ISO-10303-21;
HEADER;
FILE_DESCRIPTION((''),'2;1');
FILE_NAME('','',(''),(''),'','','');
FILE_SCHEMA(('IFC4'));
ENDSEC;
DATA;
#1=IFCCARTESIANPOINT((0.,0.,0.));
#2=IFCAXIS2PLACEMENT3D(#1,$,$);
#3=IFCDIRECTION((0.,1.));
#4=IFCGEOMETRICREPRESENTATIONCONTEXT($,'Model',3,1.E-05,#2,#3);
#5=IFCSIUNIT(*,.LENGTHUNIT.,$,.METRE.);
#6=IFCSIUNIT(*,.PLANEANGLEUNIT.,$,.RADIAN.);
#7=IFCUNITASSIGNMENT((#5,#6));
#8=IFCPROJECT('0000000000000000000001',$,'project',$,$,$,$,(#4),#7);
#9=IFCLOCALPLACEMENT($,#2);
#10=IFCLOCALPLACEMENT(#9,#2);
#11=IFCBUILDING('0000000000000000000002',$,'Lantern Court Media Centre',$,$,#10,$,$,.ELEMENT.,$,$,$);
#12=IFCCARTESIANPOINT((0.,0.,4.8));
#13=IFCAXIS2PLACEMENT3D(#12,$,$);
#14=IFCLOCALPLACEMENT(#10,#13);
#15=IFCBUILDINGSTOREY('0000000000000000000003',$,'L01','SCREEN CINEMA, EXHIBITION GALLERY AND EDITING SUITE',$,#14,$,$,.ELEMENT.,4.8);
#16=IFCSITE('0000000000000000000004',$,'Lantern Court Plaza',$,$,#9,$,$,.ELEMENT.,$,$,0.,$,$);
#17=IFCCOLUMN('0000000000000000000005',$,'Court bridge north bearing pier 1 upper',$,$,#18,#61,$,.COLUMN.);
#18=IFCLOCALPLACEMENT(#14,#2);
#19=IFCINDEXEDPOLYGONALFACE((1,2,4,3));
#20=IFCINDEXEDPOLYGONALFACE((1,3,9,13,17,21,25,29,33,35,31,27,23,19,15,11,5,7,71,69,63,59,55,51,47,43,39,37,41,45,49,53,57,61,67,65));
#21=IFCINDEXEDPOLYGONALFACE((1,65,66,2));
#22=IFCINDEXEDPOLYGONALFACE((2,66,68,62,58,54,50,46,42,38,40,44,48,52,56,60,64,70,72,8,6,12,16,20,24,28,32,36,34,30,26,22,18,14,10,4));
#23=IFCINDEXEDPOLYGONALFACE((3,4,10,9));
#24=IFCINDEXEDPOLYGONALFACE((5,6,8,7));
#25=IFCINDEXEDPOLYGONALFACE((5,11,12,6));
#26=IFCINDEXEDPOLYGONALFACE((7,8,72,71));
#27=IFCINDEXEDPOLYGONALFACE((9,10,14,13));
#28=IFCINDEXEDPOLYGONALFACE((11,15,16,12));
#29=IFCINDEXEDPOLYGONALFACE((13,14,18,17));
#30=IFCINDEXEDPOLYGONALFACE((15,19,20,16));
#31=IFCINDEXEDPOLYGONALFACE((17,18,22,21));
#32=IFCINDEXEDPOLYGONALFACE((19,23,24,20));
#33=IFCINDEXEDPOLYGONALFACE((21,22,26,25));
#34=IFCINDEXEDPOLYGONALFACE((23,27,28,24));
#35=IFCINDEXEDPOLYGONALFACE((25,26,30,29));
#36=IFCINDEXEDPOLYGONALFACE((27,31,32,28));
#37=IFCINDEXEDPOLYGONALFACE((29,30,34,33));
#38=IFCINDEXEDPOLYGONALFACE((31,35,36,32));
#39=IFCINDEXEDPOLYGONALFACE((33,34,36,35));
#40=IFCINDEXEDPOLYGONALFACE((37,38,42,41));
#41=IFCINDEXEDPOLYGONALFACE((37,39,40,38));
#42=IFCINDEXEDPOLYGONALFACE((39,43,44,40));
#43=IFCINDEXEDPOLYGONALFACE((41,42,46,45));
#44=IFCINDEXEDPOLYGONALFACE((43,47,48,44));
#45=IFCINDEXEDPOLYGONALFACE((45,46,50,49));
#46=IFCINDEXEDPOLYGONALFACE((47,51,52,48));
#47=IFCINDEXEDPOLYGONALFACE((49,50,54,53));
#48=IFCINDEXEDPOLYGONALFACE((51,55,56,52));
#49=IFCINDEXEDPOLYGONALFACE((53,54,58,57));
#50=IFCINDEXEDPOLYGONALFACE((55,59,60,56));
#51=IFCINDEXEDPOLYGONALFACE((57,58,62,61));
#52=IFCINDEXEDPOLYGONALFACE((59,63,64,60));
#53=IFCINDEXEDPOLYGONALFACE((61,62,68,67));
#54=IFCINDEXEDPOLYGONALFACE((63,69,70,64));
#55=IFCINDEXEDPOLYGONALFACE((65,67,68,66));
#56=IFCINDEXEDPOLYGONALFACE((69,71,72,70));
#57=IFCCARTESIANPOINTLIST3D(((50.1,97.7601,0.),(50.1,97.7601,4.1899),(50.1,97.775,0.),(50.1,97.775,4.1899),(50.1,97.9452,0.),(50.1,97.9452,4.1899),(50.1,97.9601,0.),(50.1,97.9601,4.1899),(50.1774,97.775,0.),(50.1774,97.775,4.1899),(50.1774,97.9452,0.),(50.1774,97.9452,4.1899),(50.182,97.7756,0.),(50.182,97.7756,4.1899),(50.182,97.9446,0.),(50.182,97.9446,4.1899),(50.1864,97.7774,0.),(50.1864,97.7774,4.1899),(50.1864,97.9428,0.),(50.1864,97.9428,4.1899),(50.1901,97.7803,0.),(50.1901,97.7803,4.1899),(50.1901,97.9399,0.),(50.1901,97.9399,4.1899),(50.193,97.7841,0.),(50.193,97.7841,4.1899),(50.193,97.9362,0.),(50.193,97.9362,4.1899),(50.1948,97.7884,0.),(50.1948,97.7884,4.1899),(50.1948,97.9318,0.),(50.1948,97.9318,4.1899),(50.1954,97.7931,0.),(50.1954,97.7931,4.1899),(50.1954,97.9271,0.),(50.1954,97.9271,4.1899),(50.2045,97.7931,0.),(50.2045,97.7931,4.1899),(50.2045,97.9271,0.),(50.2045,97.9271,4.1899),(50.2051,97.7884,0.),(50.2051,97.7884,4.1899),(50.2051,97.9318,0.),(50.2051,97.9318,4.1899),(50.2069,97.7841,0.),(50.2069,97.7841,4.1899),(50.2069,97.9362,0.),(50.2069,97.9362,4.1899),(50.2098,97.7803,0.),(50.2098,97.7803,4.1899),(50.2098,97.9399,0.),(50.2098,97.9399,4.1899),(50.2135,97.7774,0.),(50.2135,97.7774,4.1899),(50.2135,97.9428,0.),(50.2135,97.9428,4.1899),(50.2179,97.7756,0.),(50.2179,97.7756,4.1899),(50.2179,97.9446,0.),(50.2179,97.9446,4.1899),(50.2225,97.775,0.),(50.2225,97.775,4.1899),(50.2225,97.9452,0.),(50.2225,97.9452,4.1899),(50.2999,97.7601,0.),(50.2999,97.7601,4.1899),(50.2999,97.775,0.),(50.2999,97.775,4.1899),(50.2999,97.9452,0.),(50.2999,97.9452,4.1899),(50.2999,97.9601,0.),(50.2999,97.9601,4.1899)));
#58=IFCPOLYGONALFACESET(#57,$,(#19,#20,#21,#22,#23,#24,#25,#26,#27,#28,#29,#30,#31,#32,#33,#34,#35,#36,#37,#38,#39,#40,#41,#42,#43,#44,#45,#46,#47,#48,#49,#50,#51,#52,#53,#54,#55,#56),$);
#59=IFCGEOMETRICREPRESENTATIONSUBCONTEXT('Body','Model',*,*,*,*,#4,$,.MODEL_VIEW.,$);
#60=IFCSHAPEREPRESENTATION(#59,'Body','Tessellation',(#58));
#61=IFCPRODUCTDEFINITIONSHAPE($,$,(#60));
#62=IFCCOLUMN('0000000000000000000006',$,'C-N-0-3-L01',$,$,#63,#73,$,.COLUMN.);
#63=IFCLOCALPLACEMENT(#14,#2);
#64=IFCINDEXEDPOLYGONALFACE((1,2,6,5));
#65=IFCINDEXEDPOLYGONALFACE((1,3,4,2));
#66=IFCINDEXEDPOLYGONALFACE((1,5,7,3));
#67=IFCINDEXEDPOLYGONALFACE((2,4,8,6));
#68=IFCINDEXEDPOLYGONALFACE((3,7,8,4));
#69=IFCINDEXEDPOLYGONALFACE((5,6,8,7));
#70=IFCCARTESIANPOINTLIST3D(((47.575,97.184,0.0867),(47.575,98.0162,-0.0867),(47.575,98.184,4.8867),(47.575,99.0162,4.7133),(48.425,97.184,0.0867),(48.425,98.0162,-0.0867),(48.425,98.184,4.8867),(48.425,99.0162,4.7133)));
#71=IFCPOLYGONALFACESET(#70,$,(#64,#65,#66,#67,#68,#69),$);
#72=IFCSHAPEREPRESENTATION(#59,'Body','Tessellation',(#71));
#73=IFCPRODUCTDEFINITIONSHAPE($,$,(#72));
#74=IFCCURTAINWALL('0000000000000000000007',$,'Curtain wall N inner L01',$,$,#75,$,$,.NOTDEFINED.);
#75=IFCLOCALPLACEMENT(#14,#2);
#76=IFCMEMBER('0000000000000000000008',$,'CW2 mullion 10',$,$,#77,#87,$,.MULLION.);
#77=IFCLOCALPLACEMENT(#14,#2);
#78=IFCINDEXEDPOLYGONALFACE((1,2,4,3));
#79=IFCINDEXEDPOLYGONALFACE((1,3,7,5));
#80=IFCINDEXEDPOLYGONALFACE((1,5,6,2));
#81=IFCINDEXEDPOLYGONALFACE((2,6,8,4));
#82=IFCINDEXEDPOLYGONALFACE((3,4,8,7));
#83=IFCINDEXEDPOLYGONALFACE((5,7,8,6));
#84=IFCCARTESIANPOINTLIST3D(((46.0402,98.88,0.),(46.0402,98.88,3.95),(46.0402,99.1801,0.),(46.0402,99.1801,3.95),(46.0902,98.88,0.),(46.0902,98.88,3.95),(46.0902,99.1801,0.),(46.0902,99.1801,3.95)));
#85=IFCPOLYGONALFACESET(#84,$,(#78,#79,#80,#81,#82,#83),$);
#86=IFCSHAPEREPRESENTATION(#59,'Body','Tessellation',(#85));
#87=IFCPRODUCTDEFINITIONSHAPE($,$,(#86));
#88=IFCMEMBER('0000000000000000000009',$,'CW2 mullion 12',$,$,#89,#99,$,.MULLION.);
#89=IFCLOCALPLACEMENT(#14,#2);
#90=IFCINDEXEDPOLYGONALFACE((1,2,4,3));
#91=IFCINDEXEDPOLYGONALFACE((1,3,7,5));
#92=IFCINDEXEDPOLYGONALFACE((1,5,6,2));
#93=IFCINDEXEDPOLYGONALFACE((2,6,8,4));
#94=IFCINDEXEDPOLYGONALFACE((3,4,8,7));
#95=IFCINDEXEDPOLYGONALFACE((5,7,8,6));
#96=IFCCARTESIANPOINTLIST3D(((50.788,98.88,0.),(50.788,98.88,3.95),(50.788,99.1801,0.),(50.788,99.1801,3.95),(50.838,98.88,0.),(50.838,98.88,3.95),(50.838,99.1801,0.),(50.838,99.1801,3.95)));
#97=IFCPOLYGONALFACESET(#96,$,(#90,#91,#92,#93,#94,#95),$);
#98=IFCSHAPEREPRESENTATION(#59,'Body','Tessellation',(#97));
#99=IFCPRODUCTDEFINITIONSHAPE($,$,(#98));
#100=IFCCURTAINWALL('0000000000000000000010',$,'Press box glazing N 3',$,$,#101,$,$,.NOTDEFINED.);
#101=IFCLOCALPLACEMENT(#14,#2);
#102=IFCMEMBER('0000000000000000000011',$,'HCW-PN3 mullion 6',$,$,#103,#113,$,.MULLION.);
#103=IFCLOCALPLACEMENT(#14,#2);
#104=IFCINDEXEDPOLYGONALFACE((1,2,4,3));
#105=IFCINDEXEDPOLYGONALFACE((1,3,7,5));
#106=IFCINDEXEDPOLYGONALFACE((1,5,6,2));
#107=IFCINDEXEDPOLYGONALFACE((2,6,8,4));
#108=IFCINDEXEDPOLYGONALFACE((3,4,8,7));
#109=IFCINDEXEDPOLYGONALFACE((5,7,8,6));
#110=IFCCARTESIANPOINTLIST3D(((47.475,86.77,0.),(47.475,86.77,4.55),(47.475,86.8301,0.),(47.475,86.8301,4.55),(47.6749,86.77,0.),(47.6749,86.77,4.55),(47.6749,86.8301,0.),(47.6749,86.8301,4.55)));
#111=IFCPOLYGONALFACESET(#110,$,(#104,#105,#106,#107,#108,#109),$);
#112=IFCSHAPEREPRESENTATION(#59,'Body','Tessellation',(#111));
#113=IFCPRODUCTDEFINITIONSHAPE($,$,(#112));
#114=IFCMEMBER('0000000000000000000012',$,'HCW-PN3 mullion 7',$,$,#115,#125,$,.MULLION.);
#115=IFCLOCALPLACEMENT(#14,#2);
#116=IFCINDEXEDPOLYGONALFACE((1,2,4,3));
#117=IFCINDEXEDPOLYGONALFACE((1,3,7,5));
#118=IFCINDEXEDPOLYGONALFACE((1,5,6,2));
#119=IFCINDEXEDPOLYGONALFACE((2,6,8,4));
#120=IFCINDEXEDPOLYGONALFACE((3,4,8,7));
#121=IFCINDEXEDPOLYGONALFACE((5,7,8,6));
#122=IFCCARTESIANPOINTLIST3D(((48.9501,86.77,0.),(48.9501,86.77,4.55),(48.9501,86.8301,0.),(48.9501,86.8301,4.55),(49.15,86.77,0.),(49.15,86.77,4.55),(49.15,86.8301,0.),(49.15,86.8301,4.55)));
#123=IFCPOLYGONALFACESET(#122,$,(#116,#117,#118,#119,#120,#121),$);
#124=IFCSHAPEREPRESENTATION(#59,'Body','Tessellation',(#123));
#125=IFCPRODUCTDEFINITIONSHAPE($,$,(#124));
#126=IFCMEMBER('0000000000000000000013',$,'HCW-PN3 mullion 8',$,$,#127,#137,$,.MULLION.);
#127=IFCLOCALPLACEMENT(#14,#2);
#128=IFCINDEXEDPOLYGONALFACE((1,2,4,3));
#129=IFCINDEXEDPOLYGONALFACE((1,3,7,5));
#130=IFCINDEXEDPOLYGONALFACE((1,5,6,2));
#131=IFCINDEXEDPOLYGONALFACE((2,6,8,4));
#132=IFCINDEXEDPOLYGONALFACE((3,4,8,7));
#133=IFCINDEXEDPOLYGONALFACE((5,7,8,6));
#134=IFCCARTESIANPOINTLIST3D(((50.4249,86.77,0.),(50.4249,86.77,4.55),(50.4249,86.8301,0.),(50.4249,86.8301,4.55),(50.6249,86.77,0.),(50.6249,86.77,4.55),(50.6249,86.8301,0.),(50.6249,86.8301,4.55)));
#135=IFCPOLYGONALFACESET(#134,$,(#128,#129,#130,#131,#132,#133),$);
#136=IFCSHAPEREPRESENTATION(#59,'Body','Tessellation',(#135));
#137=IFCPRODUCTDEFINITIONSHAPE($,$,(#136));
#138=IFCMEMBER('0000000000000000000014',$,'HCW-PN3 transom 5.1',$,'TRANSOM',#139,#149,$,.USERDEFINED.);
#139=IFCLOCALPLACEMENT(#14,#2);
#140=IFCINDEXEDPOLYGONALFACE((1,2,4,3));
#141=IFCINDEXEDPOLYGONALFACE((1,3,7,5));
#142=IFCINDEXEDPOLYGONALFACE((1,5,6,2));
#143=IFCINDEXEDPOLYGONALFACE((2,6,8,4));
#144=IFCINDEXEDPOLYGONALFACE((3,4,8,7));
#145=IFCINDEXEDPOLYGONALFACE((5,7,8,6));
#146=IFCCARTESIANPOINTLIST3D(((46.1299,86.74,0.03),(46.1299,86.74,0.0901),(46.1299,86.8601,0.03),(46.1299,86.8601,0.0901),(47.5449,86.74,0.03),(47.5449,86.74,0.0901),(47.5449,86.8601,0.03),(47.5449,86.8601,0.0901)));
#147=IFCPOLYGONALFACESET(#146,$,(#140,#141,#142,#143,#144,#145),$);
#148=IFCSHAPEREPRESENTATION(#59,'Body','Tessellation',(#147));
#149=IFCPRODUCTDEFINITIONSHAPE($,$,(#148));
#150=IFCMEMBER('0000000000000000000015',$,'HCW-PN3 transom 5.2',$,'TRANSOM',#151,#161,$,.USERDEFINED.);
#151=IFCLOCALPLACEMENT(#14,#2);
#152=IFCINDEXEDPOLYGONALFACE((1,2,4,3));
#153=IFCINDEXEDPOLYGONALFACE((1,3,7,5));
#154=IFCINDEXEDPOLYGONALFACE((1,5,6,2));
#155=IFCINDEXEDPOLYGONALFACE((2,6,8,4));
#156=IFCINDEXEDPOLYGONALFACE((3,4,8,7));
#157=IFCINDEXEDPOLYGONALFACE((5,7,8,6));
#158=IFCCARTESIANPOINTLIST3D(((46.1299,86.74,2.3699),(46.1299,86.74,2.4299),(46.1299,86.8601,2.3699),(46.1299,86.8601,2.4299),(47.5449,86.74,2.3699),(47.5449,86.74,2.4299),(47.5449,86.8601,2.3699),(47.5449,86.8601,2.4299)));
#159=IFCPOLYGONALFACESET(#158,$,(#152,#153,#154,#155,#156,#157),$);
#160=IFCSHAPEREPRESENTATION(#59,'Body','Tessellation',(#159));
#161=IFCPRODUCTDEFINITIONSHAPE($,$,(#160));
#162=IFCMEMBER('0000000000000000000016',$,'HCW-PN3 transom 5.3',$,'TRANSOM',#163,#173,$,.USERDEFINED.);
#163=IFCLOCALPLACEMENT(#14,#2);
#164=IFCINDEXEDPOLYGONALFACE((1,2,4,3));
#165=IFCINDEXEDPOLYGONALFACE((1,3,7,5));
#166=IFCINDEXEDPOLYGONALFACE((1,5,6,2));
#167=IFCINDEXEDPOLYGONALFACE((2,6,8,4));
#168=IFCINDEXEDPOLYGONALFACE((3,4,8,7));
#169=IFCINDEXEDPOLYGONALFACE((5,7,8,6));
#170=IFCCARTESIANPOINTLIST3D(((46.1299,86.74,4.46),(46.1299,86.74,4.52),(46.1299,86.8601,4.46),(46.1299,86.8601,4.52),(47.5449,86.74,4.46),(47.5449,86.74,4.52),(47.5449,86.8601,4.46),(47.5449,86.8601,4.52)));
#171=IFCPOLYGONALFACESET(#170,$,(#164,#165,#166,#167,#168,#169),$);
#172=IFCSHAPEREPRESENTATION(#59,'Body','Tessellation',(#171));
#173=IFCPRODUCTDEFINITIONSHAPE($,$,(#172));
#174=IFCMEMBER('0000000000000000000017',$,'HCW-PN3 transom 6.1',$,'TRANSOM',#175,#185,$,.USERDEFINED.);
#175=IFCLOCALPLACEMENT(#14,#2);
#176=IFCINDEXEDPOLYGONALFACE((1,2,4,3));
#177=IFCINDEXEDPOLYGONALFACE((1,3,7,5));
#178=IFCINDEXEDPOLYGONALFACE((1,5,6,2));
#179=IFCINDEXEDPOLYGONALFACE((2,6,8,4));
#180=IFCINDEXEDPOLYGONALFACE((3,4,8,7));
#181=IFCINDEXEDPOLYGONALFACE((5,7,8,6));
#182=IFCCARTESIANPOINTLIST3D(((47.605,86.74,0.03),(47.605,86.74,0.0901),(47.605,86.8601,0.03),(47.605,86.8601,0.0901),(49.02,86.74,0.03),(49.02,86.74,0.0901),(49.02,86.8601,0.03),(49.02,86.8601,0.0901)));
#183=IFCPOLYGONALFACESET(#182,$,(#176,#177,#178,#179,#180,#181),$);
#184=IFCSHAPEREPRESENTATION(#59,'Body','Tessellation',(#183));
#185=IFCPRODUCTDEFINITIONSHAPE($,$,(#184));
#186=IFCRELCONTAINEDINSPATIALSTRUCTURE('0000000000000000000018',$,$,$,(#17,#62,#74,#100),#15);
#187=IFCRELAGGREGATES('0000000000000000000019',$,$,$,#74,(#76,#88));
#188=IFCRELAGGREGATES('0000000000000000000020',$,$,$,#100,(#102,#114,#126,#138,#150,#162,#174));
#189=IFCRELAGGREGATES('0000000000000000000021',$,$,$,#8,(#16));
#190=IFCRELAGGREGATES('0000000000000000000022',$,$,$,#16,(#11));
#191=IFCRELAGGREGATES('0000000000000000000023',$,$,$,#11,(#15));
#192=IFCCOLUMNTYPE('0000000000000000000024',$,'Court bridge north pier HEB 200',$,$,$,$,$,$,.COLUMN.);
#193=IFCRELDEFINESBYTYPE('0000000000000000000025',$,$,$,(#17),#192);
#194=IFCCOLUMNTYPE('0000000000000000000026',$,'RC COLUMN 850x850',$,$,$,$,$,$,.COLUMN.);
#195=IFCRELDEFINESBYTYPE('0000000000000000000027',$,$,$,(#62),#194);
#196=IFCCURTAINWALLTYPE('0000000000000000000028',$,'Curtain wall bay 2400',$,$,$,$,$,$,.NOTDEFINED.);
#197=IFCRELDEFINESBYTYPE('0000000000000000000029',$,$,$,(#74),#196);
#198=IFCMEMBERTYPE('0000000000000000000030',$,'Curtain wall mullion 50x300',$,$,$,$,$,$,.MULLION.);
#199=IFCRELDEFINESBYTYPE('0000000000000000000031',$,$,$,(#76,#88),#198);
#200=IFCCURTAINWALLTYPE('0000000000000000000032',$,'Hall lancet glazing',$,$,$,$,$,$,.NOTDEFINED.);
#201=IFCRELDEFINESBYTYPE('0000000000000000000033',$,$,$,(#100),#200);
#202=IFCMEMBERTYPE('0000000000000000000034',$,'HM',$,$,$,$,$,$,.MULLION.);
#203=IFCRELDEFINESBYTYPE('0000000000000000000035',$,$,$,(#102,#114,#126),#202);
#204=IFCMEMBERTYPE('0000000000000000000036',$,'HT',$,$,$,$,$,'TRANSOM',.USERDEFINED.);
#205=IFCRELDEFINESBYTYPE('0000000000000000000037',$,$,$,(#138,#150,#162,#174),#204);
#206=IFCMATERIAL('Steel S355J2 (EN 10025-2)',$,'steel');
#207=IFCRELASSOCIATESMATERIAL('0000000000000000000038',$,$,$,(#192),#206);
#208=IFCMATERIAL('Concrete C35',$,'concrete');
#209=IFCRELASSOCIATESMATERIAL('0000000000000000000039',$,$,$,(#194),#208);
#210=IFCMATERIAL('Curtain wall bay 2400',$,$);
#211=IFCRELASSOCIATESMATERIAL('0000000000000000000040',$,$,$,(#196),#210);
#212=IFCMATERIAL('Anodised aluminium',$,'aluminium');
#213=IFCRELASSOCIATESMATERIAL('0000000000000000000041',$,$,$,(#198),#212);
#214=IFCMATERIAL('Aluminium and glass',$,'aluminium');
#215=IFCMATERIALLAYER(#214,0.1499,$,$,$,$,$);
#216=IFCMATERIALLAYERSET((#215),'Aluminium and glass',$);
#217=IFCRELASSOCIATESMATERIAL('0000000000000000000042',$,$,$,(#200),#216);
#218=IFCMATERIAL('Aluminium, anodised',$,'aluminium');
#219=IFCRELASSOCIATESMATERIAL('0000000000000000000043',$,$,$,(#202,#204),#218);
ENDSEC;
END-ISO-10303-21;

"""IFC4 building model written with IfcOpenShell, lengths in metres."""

from ifc_helpers import new_model, si_unit, direction, frame, origin, origin_2d, place, context, subcontext, project, spatial, rectangle, i_section, extrude, material, layer, layer_set, material_profile, profile_set, type_object, element, aggregate, save


model = new_model("IFC4")

# Units and contexts
model_context = context("Model", 3, precision=1e-05, world=origin(), true_north=direction((0.0, 1.0)))
body_context = subcontext(model_context, "Body", "Model", "MODEL_VIEW")
ifc_project = project(units=[si_unit("LENGTHUNIT", "METRE"), si_unit("PLANEANGLEUNIT", "RADIAN")], contexts=[model_context])

# Site, building, storey
site_placement = place(None, origin())
site = spatial("IfcSite", under=ifc_project, at=site_placement, Name="Lantern Court Plaza", CompositionType="ELEMENT", RefElevation=0.0)
building_placement = place(site_placement, origin())
building = spatial("IfcBuilding", under=site, at=building_placement, Name="Lantern Court Media Centre", CompositionType="ELEMENT")
storey_placement = place(building_placement, frame((0.0, 0.0, 4.8)))
storey = spatial("IfcBuildingStorey", under=building, at=storey_placement, Name="L01", Description="SCREEN CINEMA, EXHIBITION GALLERY AND EDITING SUITE", CompositionType="ELEMENT", Elevation=4.8)

# Columns
ifc_material_1 = material(Name="Steel S355J2 (EN 10025-2)", Category="steel")
ifc_material_profile_1 = material_profile(ifc_material_1, i_section(OverallWidth=0.2, OverallDepth=0.2, WebThickness=0.009, FlangeThickness=0.0149, FilletRadius=0.0181, at=origin_2d()), Name="HEB 200")
ifc_profile_set_1 = profile_set([ifc_material_profile_1], Name="Steel S355J2 (EN 10025-2)")
column_type_1 = type_object("IfcColumnType", Name="Court bridge north pier HEB 200", PredefinedType="COLUMN", material=ifc_profile_set_1)
column_1_placement = place(storey_placement, frame((50.2, 97.8601, 0.0), z_axis=(0.0, 0.0, 1.0), x_axis=(1.0, 0.0, 0.0)))
element("IfcColumn", 1, at=column_1_placement, inside=storey, type_object=column_type_1, Name="Court bridge north bearing pier 1 upper", PredefinedType="COLUMN", context=body_context, shape_type="SweptSolid", body=[
    extrude(i_section(OverallWidth=0.2, OverallDepth=0.2, WebThickness=0.009, FlangeThickness=0.0149, FilletRadius=0.0181, at=origin_2d()), origin(), (0.0, 0.0, 1.0), 4.1899),
])
ifc_material_2 = material(Name="Concrete C35", Category="concrete")
ifc_material_profile_2 = material_profile(ifc_material_2, rectangle(XDim=0.8501, YDim=0.8501, at=origin_2d()), Name="RC 850x850")
ifc_profile_set_2 = profile_set([ifc_material_profile_2], Name="Concrete C35")
column_type_2 = type_object("IfcColumnType", Name="RC COLUMN 850x850", PredefinedType="COLUMN", material=ifc_profile_set_2)
column_2_placement = place(storey_placement, frame((48.0, 97.6001, 0.0), z_axis=(0.0, 0.203952, 0.978981), x_axis=(-1.0, 0.0, 0.0)))
element("IfcColumn", 2, at=column_2_placement, inside=storey, type_object=column_type_2, Name="C-N-0-3-L01", PredefinedType="COLUMN", context=body_context, shape_type="SweptSolid", body=[
    extrude(rectangle(XDim=0.8501, YDim=0.8501, at=origin_2d()), origin(), (0.0, 0.0, 1.0), 4.9031),
])

# Curtain walls, members
ifc_material_3 = material(Name="Curtain wall bay 2400")
curtain_wall_type_1 = type_object("IfcCurtainWallType", Name="Curtain wall bay 2400", PredefinedType="NOTDEFINED", material=ifc_material_3)
curtain_wall_1_placement = place(storey_placement, origin())
curtain_wall_1 = element("IfcCurtainWall", 3, at=curtain_wall_1_placement, inside=storey, type_object=curtain_wall_type_1, Name="Curtain wall N inner L01", PredefinedType="NOTDEFINED")
ifc_material_4 = material(Name="Anodised aluminium", Category="aluminium")
ifc_material_profile_3 = material_profile(ifc_material_4, rectangle(XDim=0.3, YDim=0.05, at=origin_2d()), Name="AL 50x300")
ifc_profile_set_3 = profile_set([ifc_material_profile_3], Name="Anodised aluminium")
member_type_1 = type_object("IfcMemberType", Name="Curtain wall mullion 50x300", PredefinedType="MULLION", material=ifc_profile_set_3)
member_1_placement = place(storey_placement, frame((46.0652, 99.03, 0.0), z_axis=(0.0, 0.0, 1.0), x_axis=(0.0, 1.0, 0.0)))
member_1 = element("IfcMember", 4, at=member_1_placement, type_object=member_type_1, Name="CW2 mullion 10", PredefinedType="MULLION", context=body_context, shape_type="SweptSolid", body=[
    extrude(rectangle(XDim=0.3, YDim=0.05, at=origin_2d()), origin(), (0.0, 0.0, 1.0), 3.95),
])
member_2_placement = place(storey_placement, frame((50.813, 99.03, 0.0), z_axis=(0.0, 0.0, 1.0), x_axis=(0.0, 1.0, 0.0)))
member_2 = element("IfcMember", 5, at=member_2_placement, type_object=member_type_1, Name="CW2 mullion 12", PredefinedType="MULLION", context=body_context, shape_type="SweptSolid", body=[
    extrude(rectangle(XDim=0.3, YDim=0.05, at=origin_2d()), origin(), (0.0, 0.0, 1.0), 3.95),
])
aggregate(curtain_wall_1, [member_1, member_2])
ifc_material_5 = material(Name="Aluminium and glass", Category="aluminium")
ifc_layer_1 = layer(ifc_material_5, 0.1499)
ifc_layer_set_1 = layer_set([ifc_layer_1], Name="Aluminium and glass")
curtain_wall_type_2 = type_object("IfcCurtainWallType", Name="Hall lancet glazing", PredefinedType="NOTDEFINED", material=ifc_layer_set_1)
curtain_wall_2_placement = place(storey_placement, origin())
curtain_wall_2 = element("IfcCurtainWall", 6, at=curtain_wall_2_placement, inside=storey, type_object=curtain_wall_type_2, Name="Press box glazing N 3", PredefinedType="NOTDEFINED")
ifc_material_6 = material(Name="Aluminium, anodised", Category="aluminium")
ifc_material_profile_4 = material_profile(ifc_material_6, rectangle(XDim=0.0601, YDim=0.2, at=origin_2d()), Name="HM")
ifc_profile_set_4 = profile_set([ifc_material_profile_4], Name="Aluminium, anodised")
member_type_2 = type_object("IfcMemberType", Name="HM", PredefinedType="MULLION", material=ifc_profile_set_4)
member_3_placement = place(storey_placement, frame((47.575, 86.8, 0.0), z_axis=(0.0, 0.0, 1.0), x_axis=(0.0, 1.0, 0.0)))
member_3 = element("IfcMember", 7, at=member_3_placement, type_object=member_type_2, Name="HCW-PN3 mullion 6", PredefinedType="MULLION", context=body_context, shape_type="SweptSolid", body=[
    extrude(rectangle(XDim=0.0601, YDim=0.2, at=origin_2d()), origin(), (0.0, 0.0, 1.0), 4.55),
])
member_4_placement = place(storey_placement, frame((49.05, 86.8, 0.0), z_axis=(0.0, 0.0, 1.0), x_axis=(0.0, 1.0, 0.0)))
member_4 = element("IfcMember", 8, at=member_4_placement, type_object=member_type_2, Name="HCW-PN3 mullion 7", PredefinedType="MULLION", context=body_context, shape_type="SweptSolid", body=[
    extrude(rectangle(XDim=0.0601, YDim=0.2, at=origin_2d()), origin(), (0.0, 0.0, 1.0), 4.55),
])
member_5_placement = place(storey_placement, frame((50.5249, 86.8, 0.0), z_axis=(0.0, 0.0, 1.0), x_axis=(0.0, 1.0, 0.0)))
member_5 = element("IfcMember", 9, at=member_5_placement, type_object=member_type_2, Name="HCW-PN3 mullion 8", PredefinedType="MULLION", context=body_context, shape_type="SweptSolid", body=[
    extrude(rectangle(XDim=0.0601, YDim=0.2, at=origin_2d()), origin(), (0.0, 0.0, 1.0), 4.55),
])
ifc_material_profile_5 = material_profile(ifc_material_6, rectangle(XDim=0.1201, YDim=0.0601, at=origin_2d()), Name="HT")
ifc_profile_set_5 = profile_set([ifc_material_profile_5], Name="Aluminium, anodised")
member_type_3 = type_object("IfcMemberType", Name="HT", ElementType="TRANSOM", PredefinedType="USERDEFINED", material=ifc_profile_set_5)
member_6_placement = place(storey_placement, frame((46.1299, 86.8, 0.0601), z_axis=(1.0, 0.0, 0.0), x_axis=(0.0, 1.0, 0.0)))
member_6 = element("IfcMember", 10, at=member_6_placement, type_object=member_type_3, Name="HCW-PN3 transom 5.1", ObjectType="TRANSOM", PredefinedType="USERDEFINED", context=body_context, shape_type="SweptSolid", body=[
    extrude(rectangle(XDim=0.1201, YDim=0.0601, at=origin_2d()), origin(), (0.0, 0.0, 1.0), 1.415),
])
member_7_placement = place(storey_placement, frame((46.1299, 86.8, 2.3999), z_axis=(1.0, 0.0, 0.0), x_axis=(0.0, 1.0, 0.0)))
member_7 = element("IfcMember", 11, at=member_7_placement, type_object=member_type_3, Name="HCW-PN3 transom 5.2", ObjectType="TRANSOM", PredefinedType="USERDEFINED", context=body_context, shape_type="SweptSolid", body=[
    extrude(rectangle(XDim=0.1201, YDim=0.0601, at=origin_2d()), origin(), (0.0, 0.0, 1.0), 1.415),
])
member_8_placement = place(storey_placement, frame((46.1299, 86.8, 4.49), z_axis=(1.0, 0.0, 0.0), x_axis=(0.0, 1.0, 0.0)))
member_8 = element("IfcMember", 12, at=member_8_placement, type_object=member_type_3, Name="HCW-PN3 transom 5.3", ObjectType="TRANSOM", PredefinedType="USERDEFINED", context=body_context, shape_type="SweptSolid", body=[
    extrude(rectangle(XDim=0.1201, YDim=0.0601, at=origin_2d()), origin(), (0.0, 0.0, 1.0), 1.415),
])
member_9_placement = place(storey_placement, frame((47.605, 86.8, 0.0601), z_axis=(1.0, 0.0, 0.0), x_axis=(0.0, 1.0, 0.0)))
member_9 = element("IfcMember", 13, at=member_9_placement, type_object=member_type_3, Name="HCW-PN3 transom 6.1", ObjectType="TRANSOM", PredefinedType="USERDEFINED", context=body_context, shape_type="SweptSolid", body=[
    extrude(rectangle(XDim=0.1201, YDim=0.0601, at=origin_2d()), origin(), (0.0, 0.0, 1.0), 1.415),
])

aggregate(curtain_wall_2, [member_3, member_4, member_5, member_6, member_7, member_8, member_9])

save(model, "model.ifc")
